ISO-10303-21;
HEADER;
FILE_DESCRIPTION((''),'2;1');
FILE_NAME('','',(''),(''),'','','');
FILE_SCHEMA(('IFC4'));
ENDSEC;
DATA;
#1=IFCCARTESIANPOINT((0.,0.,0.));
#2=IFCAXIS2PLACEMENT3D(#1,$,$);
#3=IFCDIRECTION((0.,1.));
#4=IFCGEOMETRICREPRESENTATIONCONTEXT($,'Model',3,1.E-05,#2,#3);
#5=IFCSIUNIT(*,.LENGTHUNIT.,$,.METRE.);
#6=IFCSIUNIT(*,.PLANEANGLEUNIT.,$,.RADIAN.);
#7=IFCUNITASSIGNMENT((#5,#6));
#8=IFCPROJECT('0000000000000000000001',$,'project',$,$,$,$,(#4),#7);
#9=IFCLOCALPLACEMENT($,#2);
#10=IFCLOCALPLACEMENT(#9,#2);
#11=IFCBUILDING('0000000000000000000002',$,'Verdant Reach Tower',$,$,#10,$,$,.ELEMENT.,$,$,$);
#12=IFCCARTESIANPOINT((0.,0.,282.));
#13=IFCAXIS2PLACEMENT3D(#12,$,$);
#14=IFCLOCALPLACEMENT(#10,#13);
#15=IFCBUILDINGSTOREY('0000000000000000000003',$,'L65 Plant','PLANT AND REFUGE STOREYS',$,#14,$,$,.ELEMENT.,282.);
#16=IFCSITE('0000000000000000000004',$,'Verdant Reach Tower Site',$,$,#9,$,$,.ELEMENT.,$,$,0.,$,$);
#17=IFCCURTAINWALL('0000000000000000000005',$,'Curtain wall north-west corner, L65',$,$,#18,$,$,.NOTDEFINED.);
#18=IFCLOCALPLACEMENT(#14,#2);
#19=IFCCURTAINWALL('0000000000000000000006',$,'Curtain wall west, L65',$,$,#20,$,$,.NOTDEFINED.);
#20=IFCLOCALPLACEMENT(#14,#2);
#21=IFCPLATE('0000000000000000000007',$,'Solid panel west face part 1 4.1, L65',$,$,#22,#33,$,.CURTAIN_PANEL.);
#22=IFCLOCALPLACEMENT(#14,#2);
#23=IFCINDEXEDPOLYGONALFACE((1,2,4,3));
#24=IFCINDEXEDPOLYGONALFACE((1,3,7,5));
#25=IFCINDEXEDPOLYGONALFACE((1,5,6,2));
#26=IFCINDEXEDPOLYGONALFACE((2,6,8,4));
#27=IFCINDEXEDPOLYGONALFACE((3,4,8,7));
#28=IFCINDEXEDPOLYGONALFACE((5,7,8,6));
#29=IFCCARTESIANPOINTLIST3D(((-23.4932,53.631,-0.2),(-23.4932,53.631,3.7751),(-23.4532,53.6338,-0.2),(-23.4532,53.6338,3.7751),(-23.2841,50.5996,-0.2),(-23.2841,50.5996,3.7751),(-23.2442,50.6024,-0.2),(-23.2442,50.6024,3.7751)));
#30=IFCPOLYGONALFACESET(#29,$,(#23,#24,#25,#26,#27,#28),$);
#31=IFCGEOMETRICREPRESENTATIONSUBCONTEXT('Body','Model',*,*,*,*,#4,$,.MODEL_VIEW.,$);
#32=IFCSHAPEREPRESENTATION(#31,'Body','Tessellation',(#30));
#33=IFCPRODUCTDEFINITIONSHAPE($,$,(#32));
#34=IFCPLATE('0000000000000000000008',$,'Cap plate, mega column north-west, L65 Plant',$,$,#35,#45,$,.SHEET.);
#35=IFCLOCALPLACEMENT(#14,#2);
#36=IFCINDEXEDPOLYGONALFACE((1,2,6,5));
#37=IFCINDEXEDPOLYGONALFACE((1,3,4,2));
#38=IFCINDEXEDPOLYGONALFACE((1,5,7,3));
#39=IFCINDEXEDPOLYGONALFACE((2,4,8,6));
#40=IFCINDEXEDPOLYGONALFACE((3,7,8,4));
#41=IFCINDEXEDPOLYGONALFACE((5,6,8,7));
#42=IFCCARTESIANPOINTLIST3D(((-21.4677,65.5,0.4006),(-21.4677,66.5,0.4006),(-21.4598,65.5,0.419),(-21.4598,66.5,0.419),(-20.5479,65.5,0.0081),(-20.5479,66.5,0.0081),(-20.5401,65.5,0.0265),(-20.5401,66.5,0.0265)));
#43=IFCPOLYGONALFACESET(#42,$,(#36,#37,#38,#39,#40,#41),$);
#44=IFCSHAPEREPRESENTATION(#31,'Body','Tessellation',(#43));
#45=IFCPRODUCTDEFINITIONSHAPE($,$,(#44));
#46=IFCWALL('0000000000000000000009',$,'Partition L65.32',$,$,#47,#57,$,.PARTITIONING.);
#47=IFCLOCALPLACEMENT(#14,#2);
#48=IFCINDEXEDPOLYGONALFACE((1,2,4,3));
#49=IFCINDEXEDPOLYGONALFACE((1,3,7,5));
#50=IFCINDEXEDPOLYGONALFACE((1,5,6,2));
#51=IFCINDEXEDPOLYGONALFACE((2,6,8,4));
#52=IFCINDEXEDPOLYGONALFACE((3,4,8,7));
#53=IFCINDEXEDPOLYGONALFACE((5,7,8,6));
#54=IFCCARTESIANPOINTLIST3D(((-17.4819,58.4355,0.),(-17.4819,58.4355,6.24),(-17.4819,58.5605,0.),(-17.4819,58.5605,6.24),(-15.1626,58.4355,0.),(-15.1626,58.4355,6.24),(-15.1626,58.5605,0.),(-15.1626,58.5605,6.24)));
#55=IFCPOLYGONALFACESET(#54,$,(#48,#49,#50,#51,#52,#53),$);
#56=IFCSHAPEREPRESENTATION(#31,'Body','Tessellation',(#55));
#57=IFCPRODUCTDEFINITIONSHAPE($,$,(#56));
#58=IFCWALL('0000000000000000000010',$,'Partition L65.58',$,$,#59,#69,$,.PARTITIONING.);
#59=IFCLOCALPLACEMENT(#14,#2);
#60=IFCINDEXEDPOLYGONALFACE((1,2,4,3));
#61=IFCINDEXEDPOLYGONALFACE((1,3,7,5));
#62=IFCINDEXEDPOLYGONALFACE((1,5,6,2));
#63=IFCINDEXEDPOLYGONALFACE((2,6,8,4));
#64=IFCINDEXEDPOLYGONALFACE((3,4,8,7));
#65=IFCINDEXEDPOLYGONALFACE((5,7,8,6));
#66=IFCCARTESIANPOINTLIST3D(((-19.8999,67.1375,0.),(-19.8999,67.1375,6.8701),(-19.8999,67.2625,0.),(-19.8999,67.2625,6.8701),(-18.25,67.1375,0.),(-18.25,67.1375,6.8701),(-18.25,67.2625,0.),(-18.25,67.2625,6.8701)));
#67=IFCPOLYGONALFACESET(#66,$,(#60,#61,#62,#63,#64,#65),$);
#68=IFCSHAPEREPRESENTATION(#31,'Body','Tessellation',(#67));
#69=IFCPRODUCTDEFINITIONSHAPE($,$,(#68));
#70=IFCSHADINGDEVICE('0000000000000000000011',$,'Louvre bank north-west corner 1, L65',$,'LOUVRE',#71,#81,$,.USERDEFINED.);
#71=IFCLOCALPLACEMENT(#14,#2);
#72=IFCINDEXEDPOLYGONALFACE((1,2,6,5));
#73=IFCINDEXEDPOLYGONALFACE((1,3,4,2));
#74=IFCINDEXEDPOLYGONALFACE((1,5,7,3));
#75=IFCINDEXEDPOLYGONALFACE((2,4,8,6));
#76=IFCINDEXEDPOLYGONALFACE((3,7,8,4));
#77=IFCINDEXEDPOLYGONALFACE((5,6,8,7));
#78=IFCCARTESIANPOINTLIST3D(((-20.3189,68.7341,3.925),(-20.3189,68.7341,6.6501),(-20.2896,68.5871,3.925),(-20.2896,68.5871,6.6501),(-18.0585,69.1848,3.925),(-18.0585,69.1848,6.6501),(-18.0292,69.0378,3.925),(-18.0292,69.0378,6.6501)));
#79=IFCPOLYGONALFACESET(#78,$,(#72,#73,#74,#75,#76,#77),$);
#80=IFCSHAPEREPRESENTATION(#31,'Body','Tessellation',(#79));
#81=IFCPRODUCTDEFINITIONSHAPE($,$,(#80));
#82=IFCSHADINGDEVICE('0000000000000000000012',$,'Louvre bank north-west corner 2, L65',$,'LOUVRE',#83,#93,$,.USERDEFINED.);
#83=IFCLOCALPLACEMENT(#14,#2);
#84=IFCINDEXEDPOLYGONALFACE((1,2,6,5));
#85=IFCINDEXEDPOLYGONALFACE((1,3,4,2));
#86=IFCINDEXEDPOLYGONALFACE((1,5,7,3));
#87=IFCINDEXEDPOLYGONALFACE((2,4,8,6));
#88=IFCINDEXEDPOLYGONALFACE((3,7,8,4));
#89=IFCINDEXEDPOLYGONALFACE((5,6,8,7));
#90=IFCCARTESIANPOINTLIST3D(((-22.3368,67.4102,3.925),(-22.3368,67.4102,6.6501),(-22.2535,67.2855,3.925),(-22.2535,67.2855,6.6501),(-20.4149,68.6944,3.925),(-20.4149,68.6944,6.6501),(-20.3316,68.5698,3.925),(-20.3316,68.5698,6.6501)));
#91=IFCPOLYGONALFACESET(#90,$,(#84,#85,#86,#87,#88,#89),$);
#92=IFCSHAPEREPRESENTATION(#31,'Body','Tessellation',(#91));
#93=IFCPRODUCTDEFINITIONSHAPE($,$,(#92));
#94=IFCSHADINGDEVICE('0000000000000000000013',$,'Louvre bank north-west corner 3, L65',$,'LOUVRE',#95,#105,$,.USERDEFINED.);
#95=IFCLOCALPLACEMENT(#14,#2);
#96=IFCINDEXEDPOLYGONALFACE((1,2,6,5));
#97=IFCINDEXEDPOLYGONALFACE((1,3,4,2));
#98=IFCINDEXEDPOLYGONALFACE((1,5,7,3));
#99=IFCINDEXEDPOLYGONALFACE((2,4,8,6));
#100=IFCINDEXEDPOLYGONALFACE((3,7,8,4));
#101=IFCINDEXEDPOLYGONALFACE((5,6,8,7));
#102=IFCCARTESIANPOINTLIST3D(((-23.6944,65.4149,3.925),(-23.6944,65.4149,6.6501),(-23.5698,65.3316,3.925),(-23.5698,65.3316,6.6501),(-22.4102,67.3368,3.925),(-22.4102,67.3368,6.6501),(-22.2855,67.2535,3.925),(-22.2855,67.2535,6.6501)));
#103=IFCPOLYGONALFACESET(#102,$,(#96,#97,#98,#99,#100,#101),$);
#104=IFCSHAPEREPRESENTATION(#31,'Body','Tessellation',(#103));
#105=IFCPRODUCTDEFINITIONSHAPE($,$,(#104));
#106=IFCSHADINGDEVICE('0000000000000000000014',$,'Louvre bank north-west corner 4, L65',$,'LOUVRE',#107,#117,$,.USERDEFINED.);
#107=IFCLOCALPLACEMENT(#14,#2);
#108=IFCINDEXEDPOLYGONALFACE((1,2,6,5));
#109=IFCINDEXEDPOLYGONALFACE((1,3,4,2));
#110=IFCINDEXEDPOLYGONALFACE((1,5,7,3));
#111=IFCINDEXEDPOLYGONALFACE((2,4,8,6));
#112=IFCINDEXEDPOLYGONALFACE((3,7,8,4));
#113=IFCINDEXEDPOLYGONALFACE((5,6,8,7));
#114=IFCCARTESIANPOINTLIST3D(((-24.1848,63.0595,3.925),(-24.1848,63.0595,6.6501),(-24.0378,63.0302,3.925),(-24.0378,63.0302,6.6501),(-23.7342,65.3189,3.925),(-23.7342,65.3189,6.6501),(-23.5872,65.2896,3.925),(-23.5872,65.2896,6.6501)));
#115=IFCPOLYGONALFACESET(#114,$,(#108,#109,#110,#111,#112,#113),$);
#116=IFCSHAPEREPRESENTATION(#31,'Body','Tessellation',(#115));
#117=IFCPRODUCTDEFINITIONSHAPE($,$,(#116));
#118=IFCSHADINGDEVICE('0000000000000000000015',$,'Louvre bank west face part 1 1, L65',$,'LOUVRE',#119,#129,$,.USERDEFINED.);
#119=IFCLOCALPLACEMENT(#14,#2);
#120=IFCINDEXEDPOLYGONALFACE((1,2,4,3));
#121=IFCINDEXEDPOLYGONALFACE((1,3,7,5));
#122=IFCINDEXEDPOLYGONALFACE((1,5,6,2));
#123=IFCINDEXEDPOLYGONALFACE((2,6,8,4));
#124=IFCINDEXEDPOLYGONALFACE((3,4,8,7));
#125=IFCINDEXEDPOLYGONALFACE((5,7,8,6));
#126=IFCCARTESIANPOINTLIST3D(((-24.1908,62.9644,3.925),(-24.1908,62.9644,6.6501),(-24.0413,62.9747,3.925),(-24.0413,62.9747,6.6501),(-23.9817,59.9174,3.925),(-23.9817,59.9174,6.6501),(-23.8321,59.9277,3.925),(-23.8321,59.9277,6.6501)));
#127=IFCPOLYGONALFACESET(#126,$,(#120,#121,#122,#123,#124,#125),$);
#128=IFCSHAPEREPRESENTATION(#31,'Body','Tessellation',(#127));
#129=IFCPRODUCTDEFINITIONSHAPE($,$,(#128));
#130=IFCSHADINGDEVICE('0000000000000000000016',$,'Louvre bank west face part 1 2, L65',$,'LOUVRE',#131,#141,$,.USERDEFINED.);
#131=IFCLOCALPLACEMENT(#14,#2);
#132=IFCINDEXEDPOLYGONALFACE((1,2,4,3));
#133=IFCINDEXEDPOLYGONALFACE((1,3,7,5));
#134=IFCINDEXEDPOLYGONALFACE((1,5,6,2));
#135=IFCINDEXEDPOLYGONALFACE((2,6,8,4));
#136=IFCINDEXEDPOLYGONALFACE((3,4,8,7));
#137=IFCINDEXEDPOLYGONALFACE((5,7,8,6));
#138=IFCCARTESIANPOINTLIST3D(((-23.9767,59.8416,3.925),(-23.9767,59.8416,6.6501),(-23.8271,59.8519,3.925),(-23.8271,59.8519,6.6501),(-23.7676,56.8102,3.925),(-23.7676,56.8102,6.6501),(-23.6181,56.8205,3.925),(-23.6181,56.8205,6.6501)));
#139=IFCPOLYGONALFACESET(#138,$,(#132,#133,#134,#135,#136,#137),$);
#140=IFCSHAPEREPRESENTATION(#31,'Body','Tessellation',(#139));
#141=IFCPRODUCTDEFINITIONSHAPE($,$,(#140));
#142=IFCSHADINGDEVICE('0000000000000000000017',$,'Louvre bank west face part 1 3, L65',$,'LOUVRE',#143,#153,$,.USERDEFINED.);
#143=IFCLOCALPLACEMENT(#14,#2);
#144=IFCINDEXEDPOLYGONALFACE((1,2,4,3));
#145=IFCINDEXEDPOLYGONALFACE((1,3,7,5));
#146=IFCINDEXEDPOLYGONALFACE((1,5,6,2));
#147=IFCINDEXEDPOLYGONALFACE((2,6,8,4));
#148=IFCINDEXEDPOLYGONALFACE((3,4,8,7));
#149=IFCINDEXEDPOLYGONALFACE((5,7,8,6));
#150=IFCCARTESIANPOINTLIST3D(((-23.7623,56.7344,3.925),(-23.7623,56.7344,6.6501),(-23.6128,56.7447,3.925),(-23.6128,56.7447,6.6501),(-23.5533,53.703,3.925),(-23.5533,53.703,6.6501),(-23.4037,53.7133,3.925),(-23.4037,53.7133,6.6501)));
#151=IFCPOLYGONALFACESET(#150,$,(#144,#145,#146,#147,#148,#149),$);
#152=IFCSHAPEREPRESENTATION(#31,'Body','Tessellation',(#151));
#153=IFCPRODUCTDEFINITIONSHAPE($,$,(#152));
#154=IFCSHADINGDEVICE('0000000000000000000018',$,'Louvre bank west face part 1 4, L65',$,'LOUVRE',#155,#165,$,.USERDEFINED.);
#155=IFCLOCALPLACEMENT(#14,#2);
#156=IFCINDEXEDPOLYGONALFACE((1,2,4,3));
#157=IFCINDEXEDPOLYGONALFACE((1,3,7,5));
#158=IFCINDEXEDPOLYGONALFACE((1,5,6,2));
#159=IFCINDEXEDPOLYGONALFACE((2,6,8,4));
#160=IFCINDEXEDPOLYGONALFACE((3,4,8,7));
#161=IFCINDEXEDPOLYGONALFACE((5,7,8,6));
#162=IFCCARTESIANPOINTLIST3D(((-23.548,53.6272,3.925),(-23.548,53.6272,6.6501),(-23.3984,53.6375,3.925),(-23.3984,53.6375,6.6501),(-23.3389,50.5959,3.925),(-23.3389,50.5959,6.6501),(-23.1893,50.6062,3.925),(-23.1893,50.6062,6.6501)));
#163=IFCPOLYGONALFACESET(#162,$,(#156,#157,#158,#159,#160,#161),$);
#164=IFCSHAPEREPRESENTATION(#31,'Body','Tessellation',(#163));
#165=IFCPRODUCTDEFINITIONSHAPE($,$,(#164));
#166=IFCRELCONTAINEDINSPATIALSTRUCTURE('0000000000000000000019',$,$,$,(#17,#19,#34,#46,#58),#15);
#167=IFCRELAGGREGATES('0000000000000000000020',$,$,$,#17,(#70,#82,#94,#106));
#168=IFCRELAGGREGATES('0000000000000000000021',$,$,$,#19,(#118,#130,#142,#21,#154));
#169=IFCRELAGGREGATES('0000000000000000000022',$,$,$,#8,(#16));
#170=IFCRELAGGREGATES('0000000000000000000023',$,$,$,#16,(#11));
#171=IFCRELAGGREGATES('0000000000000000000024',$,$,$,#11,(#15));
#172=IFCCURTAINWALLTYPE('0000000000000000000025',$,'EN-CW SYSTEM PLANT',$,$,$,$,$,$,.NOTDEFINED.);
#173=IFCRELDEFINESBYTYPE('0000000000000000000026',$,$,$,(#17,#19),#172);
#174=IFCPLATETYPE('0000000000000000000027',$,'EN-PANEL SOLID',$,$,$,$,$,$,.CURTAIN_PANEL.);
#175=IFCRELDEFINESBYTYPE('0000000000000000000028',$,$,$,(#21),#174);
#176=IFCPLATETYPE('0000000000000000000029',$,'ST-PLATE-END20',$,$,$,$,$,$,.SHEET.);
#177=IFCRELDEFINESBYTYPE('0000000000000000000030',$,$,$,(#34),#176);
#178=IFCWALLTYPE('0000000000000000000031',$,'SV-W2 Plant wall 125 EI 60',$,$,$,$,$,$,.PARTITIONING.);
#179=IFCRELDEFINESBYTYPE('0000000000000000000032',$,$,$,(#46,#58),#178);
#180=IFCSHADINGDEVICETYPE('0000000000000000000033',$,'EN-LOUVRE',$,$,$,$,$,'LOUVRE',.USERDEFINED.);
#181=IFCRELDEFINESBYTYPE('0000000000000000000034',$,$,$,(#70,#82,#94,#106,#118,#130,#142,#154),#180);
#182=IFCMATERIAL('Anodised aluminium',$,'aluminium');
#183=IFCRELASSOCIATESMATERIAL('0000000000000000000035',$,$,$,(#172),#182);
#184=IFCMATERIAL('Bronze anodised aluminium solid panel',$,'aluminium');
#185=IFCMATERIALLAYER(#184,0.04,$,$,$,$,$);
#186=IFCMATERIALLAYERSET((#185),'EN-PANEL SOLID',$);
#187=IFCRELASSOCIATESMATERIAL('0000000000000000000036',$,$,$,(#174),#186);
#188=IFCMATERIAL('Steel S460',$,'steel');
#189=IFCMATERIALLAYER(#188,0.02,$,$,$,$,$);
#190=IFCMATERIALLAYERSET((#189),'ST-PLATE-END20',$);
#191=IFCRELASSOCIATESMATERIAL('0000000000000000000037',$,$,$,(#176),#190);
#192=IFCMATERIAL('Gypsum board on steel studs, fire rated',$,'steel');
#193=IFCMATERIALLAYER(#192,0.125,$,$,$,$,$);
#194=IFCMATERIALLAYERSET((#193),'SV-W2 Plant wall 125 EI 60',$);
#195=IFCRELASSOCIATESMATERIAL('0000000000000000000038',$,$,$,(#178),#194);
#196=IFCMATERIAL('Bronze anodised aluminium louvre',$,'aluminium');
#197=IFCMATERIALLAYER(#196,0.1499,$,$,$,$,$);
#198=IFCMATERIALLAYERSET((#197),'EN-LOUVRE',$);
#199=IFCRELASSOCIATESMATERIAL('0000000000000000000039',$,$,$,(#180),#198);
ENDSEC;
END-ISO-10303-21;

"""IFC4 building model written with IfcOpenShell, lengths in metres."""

from ifc_helpers import new_model, si_unit, direction, frame, frame_2d, origin, origin_2d, place, context, subcontext, project, spatial, rectangle, extrude, material, layer, layer_set, type_object, element, aggregate, save


model = new_model("IFC4")

# Units and contexts
model_context = context("Model", 3, precision=1e-05, world=origin(), true_north=direction((0.0, 1.0)))
body_context = subcontext(model_context, "Body", "Model", "MODEL_VIEW")
ifc_project = project(units=[si_unit("LENGTHUNIT", "METRE"), si_unit("PLANEANGLEUNIT", "RADIAN")], contexts=[model_context])

# Site, building, storey
site_placement = place(None, origin())
site = spatial("IfcSite", under=ifc_project, at=site_placement, Name="Verdant Reach Tower Site", CompositionType="ELEMENT", RefElevation=0.0)
building_placement = place(site_placement, origin())
building = spatial("IfcBuilding", under=site, at=building_placement, Name="Verdant Reach Tower", CompositionType="ELEMENT")
storey_placement = place(building_placement, frame((0.0, 0.0, 282.0)))
storey = spatial("IfcBuildingStorey", under=building, at=storey_placement, Name="L65 Plant", Description="PLANT AND REFUGE STOREYS", CompositionType="ELEMENT", Elevation=282.0)

# Shared definitions
ifc_material_1 = material(Name="Steel S460", Category="steel")

# Curtain walls
ifc_material_2 = material(Name="Anodised aluminium", Category="aluminium")
curtain_wall_type = type_object("IfcCurtainWallType", Name="EN-CW SYSTEM PLANT", PredefinedType="NOTDEFINED", material=ifc_material_2)
curtain_wall_1_placement = place(storey_placement, origin())
curtain_wall_1 = element("IfcCurtainWall", 1, at=curtain_wall_1_placement, inside=storey, type_object=curtain_wall_type, Name="Curtain wall north-west corner, L65", PredefinedType="NOTDEFINED")
curtain_wall_2_placement = place(storey_placement, origin())
curtain_wall_2 = element("IfcCurtainWall", 2, at=curtain_wall_2_placement, inside=storey, type_object=curtain_wall_type, Name="Curtain wall west, L65", PredefinedType="NOTDEFINED")

# Plates
ifc_material_3 = material(Name="Bronze anodised aluminium solid panel", Category="aluminium")
ifc_layer_1 = layer(ifc_material_3, 0.04)
ifc_layer_set_1 = layer_set([ifc_layer_1], Name="EN-PANEL SOLID")
plate_type_1 = type_object("IfcPlateType", Name="EN-PANEL SOLID", PredefinedType="CURTAIN_PANEL", material=ifc_layer_set_1)
plate_1_placement = place(storey_placement, frame((-23.3687, 52.1167, -0.2), z_axis=(0.0, 0.0, 1.0), x_axis=(0.068802, -0.99763, 0.0)))
plate_1 = element("IfcPlate", 3, at=plate_1_placement, type_object=plate_type_1, Name="Solid panel west face part 1 4.1, L65", PredefinedType="CURTAIN_PANEL", context=body_context, shape_type="SweptSolid", body=[
    extrude(rectangle(XDim=3.0386, YDim=0.04, at=origin_2d()), origin(), (0.0, 0.0, 1.0), 3.9751),
])
ifc_layer_2 = layer(ifc_material_1, 0.02)
ifc_layer_set_2 = layer_set([ifc_layer_2], Name="ST-PLATE-END20")
plate_type_2 = type_object("IfcPlateType", Name="ST-PLATE-END20", PredefinedType="SHEET", material=ifc_layer_set_2)
plate_2_placement = place(storey_placement, frame((-21.0078, 66.0, 0.2043), z_axis=(0.392439, 0.0, 0.919778), x_axis=(0.0, 1.0, 0.0)))
element("IfcPlate", 4, at=plate_2_placement, inside=storey, type_object=plate_type_2, Name="Cap plate, mega column north-west, L65 Plant", PredefinedType="SHEET", context=body_context, shape_type="SweptSolid", body=[
    extrude(rectangle(XDim=1.0, YDim=1.0, at=origin_2d()), origin(), (0.0, 0.0, 1.0), 0.02),
])

# Walls
ifc_material_4 = material(Name="Gypsum board on steel studs, fire rated", Category="steel")
ifc_layer_3 = layer(ifc_material_4, 0.125)
ifc_layer_set_3 = layer_set([ifc_layer_3], Name="SV-W2 Plant wall 125 EI 60")
wall_type = type_object("IfcWallType", Name="SV-W2 Plant wall 125 EI 60", PredefinedType="PARTITIONING", material=ifc_layer_set_3)
wall_1_placement = place(storey_placement, frame((-17.4819, 58.498, 0.0), z_axis=(0.0, 0.0, 1.0), x_axis=(1.0, 0.0, 0.0)))
element("IfcWall", 5, at=wall_1_placement, inside=storey, type_object=wall_type, Name="Partition L65.32", PredefinedType="PARTITIONING", context=body_context, shape_type="SweptSolid", body=[
    extrude(rectangle(XDim=2.3193, YDim=0.125, at=frame_2d((1.1597, 0.0))), origin(), (0.0, 0.0, 1.0), 6.24),
])
wall_2_placement = place(storey_placement, frame((-18.25, 67.2, 0.0), z_axis=(0.0, 0.0, 1.0), x_axis=(-1.0, 0.0, 0.0)))
element("IfcWall", 6, at=wall_2_placement, inside=storey, type_object=wall_type, Name="Partition L65.58", PredefinedType="PARTITIONING", context=body_context, shape_type="SweptSolid", body=[
    extrude(rectangle(XDim=1.6499, YDim=0.125, at=frame_2d((0.825, 0.0))), origin(), (0.0, 0.0, 1.0), 6.8701),
])

# Shading devices
ifc_material_5 = material(Name="Bronze anodised aluminium louvre", Category="aluminium")
ifc_layer_4 = layer(ifc_material_5, 0.1499)
ifc_layer_set_4 = layer_set([ifc_layer_4], Name="EN-LOUVRE")
shading_device_type = type_object("IfcShadingDeviceType", Name="EN-LOUVRE", ElementType="LOUVRE", PredefinedType="USERDEFINED", material=ifc_layer_set_4)
shading_device_1_placement = place(storey_placement, frame((-19.1741, 68.886, 3.925), z_axis=(0.0, 0.0, 1.0), x_axis=(-0.980695, -0.195545, 0.0)))
shading_device_1 = element("IfcShadingDevice", 7, at=shading_device_1_placement, type_object=shading_device_type, Name="Louvre bank north-west corner 1, L65", ObjectType="LOUVRE", PredefinedType="USERDEFINED", context=body_context, shape_type="SweptSolid", body=[
    extrude(rectangle(XDim=2.3049, YDim=0.1499, at=origin_2d()), origin(), (0.0, 0.0, 1.0), 2.7251),
])
shading_device_2_placement = place(storey_placement, frame((-21.3342, 67.99, 3.925), z_axis=(0.0, 0.0, 1.0), x_axis=(-0.831452, -0.555596, 0.0)))
shading_device_2 = element("IfcShadingDevice", 8, at=shading_device_2_placement, type_object=shading_device_type, Name="Louvre bank north-west corner 2, L65", ObjectType="LOUVRE", PredefinedType="USERDEFINED", context=body_context, shape_type="SweptSolid", body=[
    extrude(rectangle(XDim=2.3115, YDim=0.1499, at=origin_2d()), origin(), (0.0, 0.0, 1.0), 2.7251),
])
shading_device_3_placement = place(storey_placement, frame((-22.99, 66.3342, 3.925), z_axis=(0.0, 0.0, 1.0), x_axis=(-0.555596, -0.831452, 0.0)))
shading_device_3 = element("IfcShadingDevice", 9, at=shading_device_3_placement, type_object=shading_device_type, Name="Louvre bank north-west corner 3, L65", ObjectType="LOUVRE", PredefinedType="USERDEFINED", context=body_context, shape_type="SweptSolid", body=[
    extrude(rectangle(XDim=2.3115, YDim=0.1499, at=origin_2d()), origin(), (0.0, 0.0, 1.0), 2.7251),
])
shading_device_4_placement = place(storey_placement, frame((-23.886, 64.1746, 3.925), z_axis=(0.0, 0.0, 1.0), x_axis=(-0.195593, -0.980685, 0.0)))
shading_device_4 = element("IfcShadingDevice", 10, at=shading_device_4_placement, type_object=shading_device_type, Name="Louvre bank north-west corner 4, L65", ObjectType="LOUVRE", PredefinedType="USERDEFINED", context=body_context, shape_type="SweptSolid", body=[
    extrude(rectangle(XDim=2.304, YDim=0.1499, at=origin_2d()), origin(), (0.0, 0.0, 1.0), 2.7251),
])
aggregate(curtain_wall_1, [shading_device_1, shading_device_2, shading_device_3, shading_device_4])
shading_device_5_placement = place(storey_placement, frame((-24.0115, 61.446, 3.925), z_axis=(0.0, 0.0, 1.0), x_axis=(0.068469, -0.997653, 0.0)))
shading_device_5 = element("IfcShadingDevice", 11, at=shading_device_5_placement, type_object=shading_device_type, Name="Louvre bank west face part 1 1, L65", ObjectType="LOUVRE", PredefinedType="USERDEFINED", context=body_context, shape_type="SweptSolid", body=[
    extrude(rectangle(XDim=3.0542, YDim=0.1499, at=origin_2d()), origin(), (0.0, 0.0, 1.0), 2.7251),
])
shading_device_6_placement = place(storey_placement, frame((-23.7974, 58.3311, 3.925), z_axis=(0.0, 0.0, 1.0), x_axis=(0.068802, -0.99763, 0.0)))
shading_device_6 = element("IfcShadingDevice", 12, at=shading_device_6_placement, type_object=shading_device_type, Name="Louvre bank west face part 1 2, L65", ObjectType="LOUVRE", PredefinedType="USERDEFINED", context=body_context, shape_type="SweptSolid", body=[
    extrude(rectangle(XDim=3.0386, YDim=0.1499, at=origin_2d()), origin(), (0.0, 0.0, 1.0), 2.7251),
])
shading_device_7_placement = place(storey_placement, frame((-23.583, 55.2239, 3.925), z_axis=(0.0, 0.0, 1.0), x_axis=(0.068802, -0.99763, 0.0)))
shading_device_7 = element("IfcShadingDevice", 13, at=shading_device_7_placement, type_object=shading_device_type, Name="Louvre bank west face part 1 3, L65", ObjectType="LOUVRE", PredefinedType="USERDEFINED", context=body_context, shape_type="SweptSolid", body=[
    extrude(rectangle(XDim=3.0386, YDim=0.1499, at=origin_2d()), origin(), (0.0, 0.0, 1.0), 2.7251),
])
shading_device_8_placement = place(storey_placement, frame((-23.3687, 52.1167, 3.925), z_axis=(0.0, 0.0, 1.0), x_axis=(0.068802, -0.99763, 0.0)))
shading_device_8 = element("IfcShadingDevice", 14, at=shading_device_8_placement, type_object=shading_device_type, Name="Louvre bank west face part 1 4, L65", ObjectType="LOUVRE", PredefinedType="USERDEFINED", context=body_context, shape_type="SweptSolid", body=[
    extrude(rectangle(XDim=3.0386, YDim=0.1499, at=origin_2d()), origin(), (0.0, 0.0, 1.0), 2.7251),
])
aggregate(curtain_wall_2, [shading_device_5, shading_device_6, shading_device_7, plate_1, shading_device_8])

save(model, "model.ifc")
